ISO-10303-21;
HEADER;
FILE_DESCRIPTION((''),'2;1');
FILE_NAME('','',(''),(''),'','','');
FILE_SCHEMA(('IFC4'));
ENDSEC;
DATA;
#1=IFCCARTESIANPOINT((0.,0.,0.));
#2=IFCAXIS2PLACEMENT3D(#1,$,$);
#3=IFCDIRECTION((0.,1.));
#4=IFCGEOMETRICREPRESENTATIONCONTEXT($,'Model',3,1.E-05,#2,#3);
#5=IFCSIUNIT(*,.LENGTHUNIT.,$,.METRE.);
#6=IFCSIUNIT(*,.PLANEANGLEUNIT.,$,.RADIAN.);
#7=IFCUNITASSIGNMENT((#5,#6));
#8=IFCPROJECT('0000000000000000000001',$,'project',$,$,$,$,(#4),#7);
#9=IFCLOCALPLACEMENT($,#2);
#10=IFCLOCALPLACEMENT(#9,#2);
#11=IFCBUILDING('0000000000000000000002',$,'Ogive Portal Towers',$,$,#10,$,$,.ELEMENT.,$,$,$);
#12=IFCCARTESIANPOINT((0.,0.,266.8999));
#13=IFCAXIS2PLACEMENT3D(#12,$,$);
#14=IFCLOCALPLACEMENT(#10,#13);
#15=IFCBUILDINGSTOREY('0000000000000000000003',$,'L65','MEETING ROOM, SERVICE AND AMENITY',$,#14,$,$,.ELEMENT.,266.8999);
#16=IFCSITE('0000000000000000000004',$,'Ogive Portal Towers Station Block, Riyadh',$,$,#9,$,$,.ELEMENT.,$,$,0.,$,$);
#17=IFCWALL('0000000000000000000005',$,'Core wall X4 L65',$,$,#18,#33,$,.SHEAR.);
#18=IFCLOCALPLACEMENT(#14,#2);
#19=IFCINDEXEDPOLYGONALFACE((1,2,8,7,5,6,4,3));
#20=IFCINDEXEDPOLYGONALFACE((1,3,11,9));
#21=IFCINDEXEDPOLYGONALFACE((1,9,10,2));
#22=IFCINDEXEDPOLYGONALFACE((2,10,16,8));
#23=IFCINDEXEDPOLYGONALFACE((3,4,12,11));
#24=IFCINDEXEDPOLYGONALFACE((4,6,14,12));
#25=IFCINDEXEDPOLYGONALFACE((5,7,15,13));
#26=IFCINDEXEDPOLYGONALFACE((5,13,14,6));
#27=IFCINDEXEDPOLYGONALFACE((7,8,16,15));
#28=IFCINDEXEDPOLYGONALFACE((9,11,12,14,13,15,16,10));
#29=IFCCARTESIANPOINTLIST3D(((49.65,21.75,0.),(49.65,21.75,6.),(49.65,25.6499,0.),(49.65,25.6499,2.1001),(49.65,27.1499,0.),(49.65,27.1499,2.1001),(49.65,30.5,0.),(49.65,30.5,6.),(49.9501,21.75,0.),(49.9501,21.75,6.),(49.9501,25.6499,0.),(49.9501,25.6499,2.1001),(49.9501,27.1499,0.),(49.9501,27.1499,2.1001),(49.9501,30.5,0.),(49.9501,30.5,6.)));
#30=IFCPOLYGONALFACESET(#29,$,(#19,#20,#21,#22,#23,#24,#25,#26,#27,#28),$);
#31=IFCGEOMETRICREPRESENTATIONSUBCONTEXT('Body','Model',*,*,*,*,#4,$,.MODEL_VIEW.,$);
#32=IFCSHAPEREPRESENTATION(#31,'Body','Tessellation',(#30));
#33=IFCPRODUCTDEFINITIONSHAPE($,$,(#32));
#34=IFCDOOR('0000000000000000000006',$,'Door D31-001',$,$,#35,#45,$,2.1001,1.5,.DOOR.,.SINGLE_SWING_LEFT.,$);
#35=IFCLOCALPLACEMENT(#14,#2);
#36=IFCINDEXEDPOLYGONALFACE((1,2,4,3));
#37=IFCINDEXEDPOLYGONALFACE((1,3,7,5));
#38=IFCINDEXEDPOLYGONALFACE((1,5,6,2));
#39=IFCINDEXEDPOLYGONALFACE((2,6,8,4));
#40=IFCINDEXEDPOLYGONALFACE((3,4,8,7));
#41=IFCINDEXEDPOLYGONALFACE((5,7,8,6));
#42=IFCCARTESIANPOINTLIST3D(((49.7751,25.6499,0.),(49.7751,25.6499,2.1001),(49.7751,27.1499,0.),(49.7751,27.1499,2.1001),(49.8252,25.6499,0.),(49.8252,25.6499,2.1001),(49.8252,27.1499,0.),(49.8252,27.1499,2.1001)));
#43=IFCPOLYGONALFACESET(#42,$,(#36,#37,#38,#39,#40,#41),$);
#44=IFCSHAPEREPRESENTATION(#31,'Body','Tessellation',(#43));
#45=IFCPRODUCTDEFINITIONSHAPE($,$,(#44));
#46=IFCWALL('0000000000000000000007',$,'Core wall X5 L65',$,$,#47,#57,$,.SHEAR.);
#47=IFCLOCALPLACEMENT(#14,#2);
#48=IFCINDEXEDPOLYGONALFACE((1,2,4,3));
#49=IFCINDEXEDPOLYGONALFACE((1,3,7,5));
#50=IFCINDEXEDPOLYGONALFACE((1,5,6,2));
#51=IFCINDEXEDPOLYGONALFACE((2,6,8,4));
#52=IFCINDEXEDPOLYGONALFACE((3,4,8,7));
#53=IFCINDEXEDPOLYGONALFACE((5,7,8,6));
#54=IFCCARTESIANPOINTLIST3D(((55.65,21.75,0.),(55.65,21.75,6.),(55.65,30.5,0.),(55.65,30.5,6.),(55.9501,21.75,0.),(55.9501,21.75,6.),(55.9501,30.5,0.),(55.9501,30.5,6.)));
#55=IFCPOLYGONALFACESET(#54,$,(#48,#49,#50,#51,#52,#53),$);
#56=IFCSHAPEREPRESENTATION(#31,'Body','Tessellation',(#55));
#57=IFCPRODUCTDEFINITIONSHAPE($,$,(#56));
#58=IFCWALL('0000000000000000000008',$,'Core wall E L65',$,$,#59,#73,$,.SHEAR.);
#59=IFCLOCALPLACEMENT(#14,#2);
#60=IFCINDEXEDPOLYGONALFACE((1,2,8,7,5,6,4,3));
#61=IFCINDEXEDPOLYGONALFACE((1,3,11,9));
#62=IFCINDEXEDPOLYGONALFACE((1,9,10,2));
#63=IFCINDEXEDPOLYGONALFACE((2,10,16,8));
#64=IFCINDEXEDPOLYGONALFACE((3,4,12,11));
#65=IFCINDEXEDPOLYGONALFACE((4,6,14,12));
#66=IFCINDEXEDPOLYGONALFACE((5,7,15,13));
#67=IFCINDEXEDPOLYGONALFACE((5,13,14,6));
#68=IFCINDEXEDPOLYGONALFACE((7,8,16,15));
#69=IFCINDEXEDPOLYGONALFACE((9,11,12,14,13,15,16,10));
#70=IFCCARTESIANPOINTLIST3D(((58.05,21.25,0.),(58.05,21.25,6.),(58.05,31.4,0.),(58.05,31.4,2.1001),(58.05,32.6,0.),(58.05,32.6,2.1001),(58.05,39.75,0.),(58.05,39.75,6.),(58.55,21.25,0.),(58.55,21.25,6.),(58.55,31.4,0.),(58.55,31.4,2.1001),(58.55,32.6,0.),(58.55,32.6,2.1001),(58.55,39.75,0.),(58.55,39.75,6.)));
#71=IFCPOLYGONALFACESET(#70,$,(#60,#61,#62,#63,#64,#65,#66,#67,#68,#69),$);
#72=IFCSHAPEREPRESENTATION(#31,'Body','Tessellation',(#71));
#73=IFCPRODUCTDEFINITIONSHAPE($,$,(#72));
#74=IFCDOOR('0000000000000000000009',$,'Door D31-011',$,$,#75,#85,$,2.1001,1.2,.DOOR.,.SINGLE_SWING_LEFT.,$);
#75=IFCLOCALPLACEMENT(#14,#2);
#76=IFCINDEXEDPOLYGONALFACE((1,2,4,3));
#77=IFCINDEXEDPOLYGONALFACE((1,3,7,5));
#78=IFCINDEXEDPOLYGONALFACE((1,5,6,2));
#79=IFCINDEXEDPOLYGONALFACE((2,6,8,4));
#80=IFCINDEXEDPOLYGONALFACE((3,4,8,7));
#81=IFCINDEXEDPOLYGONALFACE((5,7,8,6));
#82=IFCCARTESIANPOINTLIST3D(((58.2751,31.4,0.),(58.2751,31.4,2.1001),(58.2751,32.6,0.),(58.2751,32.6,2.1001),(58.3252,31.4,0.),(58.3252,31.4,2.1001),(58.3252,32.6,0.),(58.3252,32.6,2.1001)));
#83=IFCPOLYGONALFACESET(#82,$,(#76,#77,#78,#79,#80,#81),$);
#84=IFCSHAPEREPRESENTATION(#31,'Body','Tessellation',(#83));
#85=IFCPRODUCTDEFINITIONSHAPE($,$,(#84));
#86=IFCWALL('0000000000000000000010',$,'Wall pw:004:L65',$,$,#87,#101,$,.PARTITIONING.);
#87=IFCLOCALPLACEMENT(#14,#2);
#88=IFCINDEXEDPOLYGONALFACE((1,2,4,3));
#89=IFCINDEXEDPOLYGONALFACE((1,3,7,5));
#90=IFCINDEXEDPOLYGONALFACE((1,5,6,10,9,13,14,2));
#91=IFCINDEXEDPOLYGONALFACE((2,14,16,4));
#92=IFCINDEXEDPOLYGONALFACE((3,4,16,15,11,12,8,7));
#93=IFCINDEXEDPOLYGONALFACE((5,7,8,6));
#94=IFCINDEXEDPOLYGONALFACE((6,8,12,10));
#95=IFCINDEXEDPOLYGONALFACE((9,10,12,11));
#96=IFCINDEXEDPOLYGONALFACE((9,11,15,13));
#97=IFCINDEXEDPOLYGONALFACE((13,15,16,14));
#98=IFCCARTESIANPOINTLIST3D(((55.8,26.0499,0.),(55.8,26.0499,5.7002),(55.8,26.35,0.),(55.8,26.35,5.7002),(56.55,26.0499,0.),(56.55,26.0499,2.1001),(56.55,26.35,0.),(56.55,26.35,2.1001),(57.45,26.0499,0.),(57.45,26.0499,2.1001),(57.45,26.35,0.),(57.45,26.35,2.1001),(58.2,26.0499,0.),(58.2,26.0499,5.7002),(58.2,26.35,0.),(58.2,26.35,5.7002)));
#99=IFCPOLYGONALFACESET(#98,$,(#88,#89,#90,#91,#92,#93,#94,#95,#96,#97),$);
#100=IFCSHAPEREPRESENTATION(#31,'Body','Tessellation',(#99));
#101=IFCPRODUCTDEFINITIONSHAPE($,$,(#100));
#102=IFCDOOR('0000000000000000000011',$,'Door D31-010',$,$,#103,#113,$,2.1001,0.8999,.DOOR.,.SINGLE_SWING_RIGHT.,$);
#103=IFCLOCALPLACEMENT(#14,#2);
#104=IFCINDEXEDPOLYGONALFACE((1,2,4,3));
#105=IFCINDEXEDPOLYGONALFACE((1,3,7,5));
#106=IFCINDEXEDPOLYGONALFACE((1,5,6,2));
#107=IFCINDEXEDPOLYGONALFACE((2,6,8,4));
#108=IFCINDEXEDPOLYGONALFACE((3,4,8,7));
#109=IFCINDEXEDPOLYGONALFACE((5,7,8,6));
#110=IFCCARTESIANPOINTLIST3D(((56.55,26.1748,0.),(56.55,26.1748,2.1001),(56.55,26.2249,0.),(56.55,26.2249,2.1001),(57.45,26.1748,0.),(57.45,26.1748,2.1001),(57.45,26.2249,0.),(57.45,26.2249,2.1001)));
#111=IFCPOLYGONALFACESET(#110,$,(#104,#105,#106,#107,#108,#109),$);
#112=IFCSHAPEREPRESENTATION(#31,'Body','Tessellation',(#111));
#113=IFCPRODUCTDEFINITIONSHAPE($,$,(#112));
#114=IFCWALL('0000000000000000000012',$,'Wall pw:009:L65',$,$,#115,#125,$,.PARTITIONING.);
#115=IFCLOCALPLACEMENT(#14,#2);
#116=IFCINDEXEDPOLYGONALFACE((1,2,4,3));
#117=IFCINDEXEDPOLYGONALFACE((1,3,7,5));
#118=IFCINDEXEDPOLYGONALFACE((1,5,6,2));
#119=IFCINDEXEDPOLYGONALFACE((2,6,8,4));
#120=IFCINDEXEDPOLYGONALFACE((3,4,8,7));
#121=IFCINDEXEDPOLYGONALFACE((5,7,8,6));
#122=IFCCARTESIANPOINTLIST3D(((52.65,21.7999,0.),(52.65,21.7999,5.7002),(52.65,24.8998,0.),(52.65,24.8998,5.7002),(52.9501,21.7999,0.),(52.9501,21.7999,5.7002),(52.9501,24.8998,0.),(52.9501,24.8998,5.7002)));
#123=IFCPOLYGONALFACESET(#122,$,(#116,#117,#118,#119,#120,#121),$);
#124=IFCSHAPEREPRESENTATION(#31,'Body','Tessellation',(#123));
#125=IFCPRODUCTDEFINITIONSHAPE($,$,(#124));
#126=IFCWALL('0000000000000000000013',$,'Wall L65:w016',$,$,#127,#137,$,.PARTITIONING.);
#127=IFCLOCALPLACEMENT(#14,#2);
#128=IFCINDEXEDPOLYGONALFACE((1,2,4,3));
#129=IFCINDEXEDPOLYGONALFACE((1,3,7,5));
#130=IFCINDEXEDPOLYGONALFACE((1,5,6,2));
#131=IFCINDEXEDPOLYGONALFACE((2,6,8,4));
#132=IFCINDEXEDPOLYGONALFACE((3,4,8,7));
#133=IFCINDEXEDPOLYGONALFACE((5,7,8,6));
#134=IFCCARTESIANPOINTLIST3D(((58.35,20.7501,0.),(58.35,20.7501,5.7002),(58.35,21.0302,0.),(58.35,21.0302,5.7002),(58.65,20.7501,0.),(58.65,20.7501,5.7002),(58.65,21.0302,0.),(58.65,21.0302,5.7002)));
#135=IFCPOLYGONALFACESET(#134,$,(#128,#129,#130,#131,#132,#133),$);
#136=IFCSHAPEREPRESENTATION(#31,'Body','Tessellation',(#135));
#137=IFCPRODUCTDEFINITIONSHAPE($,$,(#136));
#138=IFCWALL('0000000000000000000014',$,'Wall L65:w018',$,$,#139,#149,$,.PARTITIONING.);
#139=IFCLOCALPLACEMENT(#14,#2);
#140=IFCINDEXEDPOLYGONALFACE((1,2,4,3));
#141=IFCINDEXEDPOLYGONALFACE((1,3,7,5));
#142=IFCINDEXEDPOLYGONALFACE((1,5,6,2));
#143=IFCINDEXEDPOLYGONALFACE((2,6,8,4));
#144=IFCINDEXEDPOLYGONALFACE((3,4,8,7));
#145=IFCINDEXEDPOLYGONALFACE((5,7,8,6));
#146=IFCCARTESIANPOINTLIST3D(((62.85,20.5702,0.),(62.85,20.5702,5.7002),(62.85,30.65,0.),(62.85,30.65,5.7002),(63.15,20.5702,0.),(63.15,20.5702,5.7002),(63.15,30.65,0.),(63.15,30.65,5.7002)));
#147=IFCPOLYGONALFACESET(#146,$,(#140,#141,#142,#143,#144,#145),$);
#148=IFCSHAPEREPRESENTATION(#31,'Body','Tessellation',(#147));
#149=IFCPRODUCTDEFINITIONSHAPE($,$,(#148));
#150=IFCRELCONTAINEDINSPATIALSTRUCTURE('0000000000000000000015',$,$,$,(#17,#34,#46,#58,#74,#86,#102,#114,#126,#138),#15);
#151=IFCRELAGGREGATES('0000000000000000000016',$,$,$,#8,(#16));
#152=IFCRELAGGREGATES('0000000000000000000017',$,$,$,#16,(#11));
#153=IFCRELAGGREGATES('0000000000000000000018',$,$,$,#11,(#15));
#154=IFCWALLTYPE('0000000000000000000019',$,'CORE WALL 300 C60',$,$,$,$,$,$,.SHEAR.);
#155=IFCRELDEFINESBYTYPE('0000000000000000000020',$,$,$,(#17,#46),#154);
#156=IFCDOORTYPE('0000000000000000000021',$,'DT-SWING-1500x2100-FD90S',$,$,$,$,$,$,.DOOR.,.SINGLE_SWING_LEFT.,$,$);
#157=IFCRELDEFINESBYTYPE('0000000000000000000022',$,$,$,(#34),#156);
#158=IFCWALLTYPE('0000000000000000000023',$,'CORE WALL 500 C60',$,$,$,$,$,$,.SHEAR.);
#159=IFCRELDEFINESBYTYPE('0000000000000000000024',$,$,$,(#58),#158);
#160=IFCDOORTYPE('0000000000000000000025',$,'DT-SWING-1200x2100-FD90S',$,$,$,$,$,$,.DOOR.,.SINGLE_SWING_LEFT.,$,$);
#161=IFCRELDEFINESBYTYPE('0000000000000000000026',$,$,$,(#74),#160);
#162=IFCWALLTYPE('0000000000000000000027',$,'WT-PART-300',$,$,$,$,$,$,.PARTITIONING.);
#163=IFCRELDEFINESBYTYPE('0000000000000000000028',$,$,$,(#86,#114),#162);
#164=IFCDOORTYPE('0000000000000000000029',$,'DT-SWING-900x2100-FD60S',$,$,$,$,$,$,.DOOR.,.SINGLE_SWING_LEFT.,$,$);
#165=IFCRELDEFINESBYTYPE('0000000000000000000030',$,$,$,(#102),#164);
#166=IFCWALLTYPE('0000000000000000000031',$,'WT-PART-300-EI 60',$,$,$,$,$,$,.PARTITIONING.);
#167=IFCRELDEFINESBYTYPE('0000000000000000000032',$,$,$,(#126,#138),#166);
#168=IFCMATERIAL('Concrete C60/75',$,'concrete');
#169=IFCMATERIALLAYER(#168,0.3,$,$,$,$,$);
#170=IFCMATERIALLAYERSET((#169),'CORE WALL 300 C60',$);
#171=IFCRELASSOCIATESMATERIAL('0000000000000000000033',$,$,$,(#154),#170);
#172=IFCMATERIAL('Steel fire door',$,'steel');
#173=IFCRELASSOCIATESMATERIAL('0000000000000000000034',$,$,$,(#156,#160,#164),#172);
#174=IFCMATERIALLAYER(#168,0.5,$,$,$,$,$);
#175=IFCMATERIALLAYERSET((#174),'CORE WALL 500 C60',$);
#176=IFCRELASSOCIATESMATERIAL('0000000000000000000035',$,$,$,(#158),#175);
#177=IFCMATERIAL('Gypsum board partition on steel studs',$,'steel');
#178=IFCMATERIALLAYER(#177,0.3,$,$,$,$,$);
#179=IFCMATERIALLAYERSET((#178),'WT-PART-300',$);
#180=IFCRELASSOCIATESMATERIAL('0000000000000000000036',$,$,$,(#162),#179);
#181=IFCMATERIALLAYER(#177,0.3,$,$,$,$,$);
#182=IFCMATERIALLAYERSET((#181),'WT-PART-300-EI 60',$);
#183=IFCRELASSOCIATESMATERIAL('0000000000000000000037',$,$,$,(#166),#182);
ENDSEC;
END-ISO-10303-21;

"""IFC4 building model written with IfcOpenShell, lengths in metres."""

from ifc_helpers import new_model, si_unit, direction, frame, frame_2d, origin, place, context, subcontext, project, spatial, rectangle, extrude, material, layer, layer_set, type_object, element, fill, save


model = new_model("IFC4")

# Units and contexts
model_context = context("Model", 3, precision=1e-05, world=origin(), true_north=direction((0.0, 1.0)))
body_context = subcontext(model_context, "Body", "Model", "MODEL_VIEW")
ifc_project = project(units=[si_unit("LENGTHUNIT", "METRE"), si_unit("PLANEANGLEUNIT", "RADIAN")], contexts=[model_context])

# Site, building, storey
site_placement = place(None, origin())
site = spatial("IfcSite", under=ifc_project, at=site_placement, Name="Ogive Portal Towers Station Block, Riyadh", CompositionType="ELEMENT", RefElevation=0.0)
building_placement = place(site_placement, origin())
building = spatial("IfcBuilding", under=site, at=building_placement, Name="Ogive Portal Towers", CompositionType="ELEMENT")
storey_placement = place(building_placement, frame((0.0, 0.0, 266.8999)))
storey = spatial("IfcBuildingStorey", under=building, at=storey_placement, Name="L65", Description="MEETING ROOM, SERVICE AND AMENITY", CompositionType="ELEMENT", Elevation=266.8999)

# Shared definitions
ifc_material_1 = material(Name="Concrete C60/75", Category="concrete")

# Wall, opening, door
ifc_layer_1 = layer(ifc_material_1, 0.3)
ifc_layer_set_1 = layer_set([ifc_layer_1], Name="CORE WALL 300 C60")
wall_type_1 = type_object("IfcWallType", Name="CORE WALL 300 C60", PredefinedType="SHEAR", material=ifc_layer_set_1)
wall_1_placement = place(storey_placement, frame((49.8, 21.75, 0.0), z_axis=(0.0, 0.0, 1.0), x_axis=(0.0, 1.0, 0.0)))
wall_1 = element("IfcWall", 1, at=wall_1_placement, inside=storey, type_object=wall_type_1, Name="Core wall X4 L65", PredefinedType="SHEAR", context=body_context, shape_type="SweptSolid", body=[
    extrude(rectangle(XDim=8.75, YDim=0.3, at=frame_2d((4.375, 0.0))), origin(), (0.0, 0.0, 1.0), 6.0),
])
opening_1_placement = place(wall_1_placement, frame((3.8999, 0.0, 0.0)))
opening_1 = element("IfcOpeningElement", 2, at=opening_1_placement, cuts=wall_1, PredefinedType="OPENING", context=body_context, shape_type="SweptSolid", body=[
    extrude(rectangle(XDim=1.5, YDim=2.1001, at=frame_2d((0.75, 1.05))), frame((0.0, 0.1602, 0.0), z_axis=(0.0, -1.0, 0.0), x_axis=(1.0, 0.0, 0.0)), (0.0, 0.0, 1.0), 0.3201),
])
ifc_material_2 = material(Name="Steel fire door", Category="steel")
door_type_1 = type_object("IfcDoorType", Name="DT-SWING-1500x2100-FD90S", OperationType="SINGLE_SWING_LEFT", PredefinedType="DOOR", material=ifc_material_2)
door_1_placement = place(opening_1_placement, origin())
door_1 = element("IfcDoor", 3, at=door_1_placement, inside=storey, type_object=door_type_1, Name="Door D31-001", OperationType="SINGLE_SWING_LEFT", OverallHeight=2.1001, OverallWidth=1.5, PredefinedType="DOOR", context=body_context, shape_type="SweptSolid", body=[
    extrude(rectangle(XDim=1.5, YDim=2.1001, at=frame_2d((0.75, 1.05))), frame((0.0, 0.0249, 0.0), z_axis=(0.0, -1.0, 0.0), x_axis=(1.0, 0.0, 0.0)), (0.0, 0.0, 1.0), 0.05),
])
fill(opening_1, door_1)

# Wall
wall_2_placement = place(storey_placement, frame((55.8, 21.75, 0.0), z_axis=(0.0, 0.0, 1.0), x_axis=(0.0, 1.0, 0.0)))
element("IfcWall", 4, at=wall_2_placement, inside=storey, type_object=wall_type_1, Name="Core wall X5 L65", PredefinedType="SHEAR", context=body_context, shape_type="SweptSolid", body=[
    extrude(rectangle(XDim=8.75, YDim=0.3, at=frame_2d((4.375, 0.0))), origin(), (0.0, 0.0, 1.0), 6.0),
])

# Walls, openings, doors
ifc_layer_2 = layer(ifc_material_1, 0.5)
ifc_layer_set_2 = layer_set([ifc_layer_2], Name="CORE WALL 500 C60")
wall_type_2 = type_object("IfcWallType", Name="CORE WALL 500 C60", PredefinedType="SHEAR", material=ifc_layer_set_2)
wall_3_placement = place(storey_placement, frame((58.3, 21.25, 0.0), z_axis=(0.0, 0.0, 1.0), x_axis=(0.0, 1.0, 0.0)))
wall_3 = element("IfcWall", 5, at=wall_3_placement, inside=storey, type_object=wall_type_2, Name="Core wall E L65", PredefinedType="SHEAR", context=body_context, shape_type="SweptSolid", body=[
    extrude(rectangle(XDim=18.5, YDim=0.5, at=frame_2d((9.25, 0.0))), origin(), (0.0, 0.0, 1.0), 6.0),
])
opening_2_placement = place(wall_3_placement, frame((10.1499, 0.0, 0.0)))
opening_2 = element("IfcOpeningElement", 6, at=opening_2_placement, cuts=wall_3, PredefinedType="OPENING", context=body_context, shape_type="SweptSolid", body=[
    extrude(rectangle(XDim=1.2, YDim=2.1001, at=frame_2d((0.6001, 1.05))), frame((0.0, 0.26, 0.0), z_axis=(0.0, -1.0, 0.0), x_axis=(1.0, 0.0, 0.0)), (0.0, 0.0, 1.0), 0.52),
])
door_type_2 = type_object("IfcDoorType", Name="DT-SWING-1200x2100-FD90S", OperationType="SINGLE_SWING_LEFT", PredefinedType="DOOR", material=ifc_material_2)
door_2_placement = place(opening_2_placement, origin())
door_2 = element("IfcDoor", 7, at=door_2_placement, inside=storey, type_object=door_type_2, Name="Door D31-011", OperationType="SINGLE_SWING_LEFT", OverallHeight=2.1001, OverallWidth=1.2, PredefinedType="DOOR", context=body_context, shape_type="SweptSolid", body=[
    extrude(rectangle(XDim=1.2, YDim=2.1001, at=frame_2d((0.6001, 1.05))), frame((0.0, 0.0249, 0.0), z_axis=(0.0, -1.0, 0.0), x_axis=(1.0, 0.0, 0.0)), (0.0, 0.0, 1.0), 0.05),
])
fill(opening_2, door_2)
ifc_material_3 = material(Name="Gypsum board partition on steel studs", Category="steel")
ifc_layer_3 = layer(ifc_material_3, 0.3)
ifc_layer_set_3 = layer_set([ifc_layer_3], Name="WT-PART-300")
wall_type_3 = type_object("IfcWallType", Name="WT-PART-300", PredefinedType="PARTITIONING", material=ifc_layer_set_3)
wall_4_placement = place(storey_placement, frame((55.8, 26.2, 0.0), z_axis=(0.0, 0.0, 1.0), x_axis=(1.0, 0.0, 0.0)))
wall_4 = element("IfcWall", 8, at=wall_4_placement, inside=storey, type_object=wall_type_3, Name="Wall pw:004:L65", PredefinedType="PARTITIONING", context=body_context, shape_type="SweptSolid", body=[
    extrude(rectangle(XDim=2.3999, YDim=0.3, at=frame_2d((1.2, 0.0))), origin(), (0.0, 0.0, 1.0), 5.7002),
])
opening_3_placement = place(wall_4_placement, frame((0.75, 0.0, 0.0)))
opening_3 = element("IfcOpeningElement", 9, at=opening_3_placement, cuts=wall_4, PredefinedType="OPENING", context=body_context, shape_type="SweptSolid", body=[
    extrude(rectangle(XDim=0.8999, YDim=2.1001, at=frame_2d((0.45, 1.05))), frame((0.0, 0.1602, 0.0), z_axis=(0.0, -1.0, 0.0), x_axis=(1.0, 0.0, 0.0)), (0.0, 0.0, 1.0), 0.3201),
])
door_type_3 = type_object("IfcDoorType", Name="DT-SWING-900x2100-FD60S", OperationType="SINGLE_SWING_LEFT", PredefinedType="DOOR", material=ifc_material_2)
door_3_placement = place(opening_3_placement, origin())
door_3 = element("IfcDoor", 10, at=door_3_placement, inside=storey, type_object=door_type_3, Name="Door D31-010", OperationType="SINGLE_SWING_RIGHT", OverallHeight=2.1001, OverallWidth=0.8999, PredefinedType="DOOR", context=body_context, shape_type="SweptSolid", body=[
    extrude(rectangle(XDim=0.8999, YDim=2.1001, at=frame_2d((0.45, 1.05))), frame((0.0, 0.0249, 0.0), z_axis=(0.0, -1.0, 0.0), x_axis=(1.0, 0.0, 0.0)), (0.0, 0.0, 1.0), 0.05),
])
fill(opening_3, door_3)

# Walls
wall_5_placement = place(storey_placement, frame((52.8, 21.8, 0.0), z_axis=(0.0, 0.0, 1.0), x_axis=(0.0, 1.0, 0.0)))
element("IfcWall", 11, at=wall_5_placement, inside=storey, type_object=wall_type_3, Name="Wall pw:009:L65", PredefinedType="PARTITIONING", context=body_context, shape_type="SweptSolid", body=[
    extrude(rectangle(XDim=3.0999, YDim=0.3, at=frame_2d((1.5498, 0.0))), origin(), (0.0, 0.0, 1.0), 5.7002),
])
ifc_layer_4 = layer(ifc_material_3, 0.3)
ifc_layer_set_4 = layer_set([ifc_layer_4], Name="WT-PART-300-EI 60")
wall_type_4 = type_object("IfcWallType", Name="WT-PART-300-EI 60", PredefinedType="PARTITIONING", material=ifc_layer_set_4)
wall_6_placement = place(storey_placement, frame((58.5, 20.75, 0.0), z_axis=(0.0, 0.0, 1.0), x_axis=(0.0, 1.0, 0.0)))
element("IfcWall", 12, at=wall_6_placement, inside=storey, type_object=wall_type_4, Name="Wall L65:w016", PredefinedType="PARTITIONING", context=body_context, shape_type="SweptSolid", body=[
    extrude(rectangle(XDim=0.28, YDim=0.3, at=frame_2d((0.1401, 0.0))), origin(), (0.0, 0.0, 1.0), 5.7002),
])
wall_7_placement = place(storey_placement, frame((63.0, 20.5701, 0.0), z_axis=(0.0, 0.0, 1.0), x_axis=(0.0, 1.0, 0.0)))
element("IfcWall", 13, at=wall_7_placement, inside=storey, type_object=wall_type_4, Name="Wall L65:w018", PredefinedType="PARTITIONING", context=body_context, shape_type="SweptSolid", body=[
    extrude(rectangle(XDim=10.0798, YDim=0.3, at=frame_2d((5.04, 0.0))), origin(), (0.0, 0.0, 1.0), 5.7002),
])

save(model, "model.ifc")
